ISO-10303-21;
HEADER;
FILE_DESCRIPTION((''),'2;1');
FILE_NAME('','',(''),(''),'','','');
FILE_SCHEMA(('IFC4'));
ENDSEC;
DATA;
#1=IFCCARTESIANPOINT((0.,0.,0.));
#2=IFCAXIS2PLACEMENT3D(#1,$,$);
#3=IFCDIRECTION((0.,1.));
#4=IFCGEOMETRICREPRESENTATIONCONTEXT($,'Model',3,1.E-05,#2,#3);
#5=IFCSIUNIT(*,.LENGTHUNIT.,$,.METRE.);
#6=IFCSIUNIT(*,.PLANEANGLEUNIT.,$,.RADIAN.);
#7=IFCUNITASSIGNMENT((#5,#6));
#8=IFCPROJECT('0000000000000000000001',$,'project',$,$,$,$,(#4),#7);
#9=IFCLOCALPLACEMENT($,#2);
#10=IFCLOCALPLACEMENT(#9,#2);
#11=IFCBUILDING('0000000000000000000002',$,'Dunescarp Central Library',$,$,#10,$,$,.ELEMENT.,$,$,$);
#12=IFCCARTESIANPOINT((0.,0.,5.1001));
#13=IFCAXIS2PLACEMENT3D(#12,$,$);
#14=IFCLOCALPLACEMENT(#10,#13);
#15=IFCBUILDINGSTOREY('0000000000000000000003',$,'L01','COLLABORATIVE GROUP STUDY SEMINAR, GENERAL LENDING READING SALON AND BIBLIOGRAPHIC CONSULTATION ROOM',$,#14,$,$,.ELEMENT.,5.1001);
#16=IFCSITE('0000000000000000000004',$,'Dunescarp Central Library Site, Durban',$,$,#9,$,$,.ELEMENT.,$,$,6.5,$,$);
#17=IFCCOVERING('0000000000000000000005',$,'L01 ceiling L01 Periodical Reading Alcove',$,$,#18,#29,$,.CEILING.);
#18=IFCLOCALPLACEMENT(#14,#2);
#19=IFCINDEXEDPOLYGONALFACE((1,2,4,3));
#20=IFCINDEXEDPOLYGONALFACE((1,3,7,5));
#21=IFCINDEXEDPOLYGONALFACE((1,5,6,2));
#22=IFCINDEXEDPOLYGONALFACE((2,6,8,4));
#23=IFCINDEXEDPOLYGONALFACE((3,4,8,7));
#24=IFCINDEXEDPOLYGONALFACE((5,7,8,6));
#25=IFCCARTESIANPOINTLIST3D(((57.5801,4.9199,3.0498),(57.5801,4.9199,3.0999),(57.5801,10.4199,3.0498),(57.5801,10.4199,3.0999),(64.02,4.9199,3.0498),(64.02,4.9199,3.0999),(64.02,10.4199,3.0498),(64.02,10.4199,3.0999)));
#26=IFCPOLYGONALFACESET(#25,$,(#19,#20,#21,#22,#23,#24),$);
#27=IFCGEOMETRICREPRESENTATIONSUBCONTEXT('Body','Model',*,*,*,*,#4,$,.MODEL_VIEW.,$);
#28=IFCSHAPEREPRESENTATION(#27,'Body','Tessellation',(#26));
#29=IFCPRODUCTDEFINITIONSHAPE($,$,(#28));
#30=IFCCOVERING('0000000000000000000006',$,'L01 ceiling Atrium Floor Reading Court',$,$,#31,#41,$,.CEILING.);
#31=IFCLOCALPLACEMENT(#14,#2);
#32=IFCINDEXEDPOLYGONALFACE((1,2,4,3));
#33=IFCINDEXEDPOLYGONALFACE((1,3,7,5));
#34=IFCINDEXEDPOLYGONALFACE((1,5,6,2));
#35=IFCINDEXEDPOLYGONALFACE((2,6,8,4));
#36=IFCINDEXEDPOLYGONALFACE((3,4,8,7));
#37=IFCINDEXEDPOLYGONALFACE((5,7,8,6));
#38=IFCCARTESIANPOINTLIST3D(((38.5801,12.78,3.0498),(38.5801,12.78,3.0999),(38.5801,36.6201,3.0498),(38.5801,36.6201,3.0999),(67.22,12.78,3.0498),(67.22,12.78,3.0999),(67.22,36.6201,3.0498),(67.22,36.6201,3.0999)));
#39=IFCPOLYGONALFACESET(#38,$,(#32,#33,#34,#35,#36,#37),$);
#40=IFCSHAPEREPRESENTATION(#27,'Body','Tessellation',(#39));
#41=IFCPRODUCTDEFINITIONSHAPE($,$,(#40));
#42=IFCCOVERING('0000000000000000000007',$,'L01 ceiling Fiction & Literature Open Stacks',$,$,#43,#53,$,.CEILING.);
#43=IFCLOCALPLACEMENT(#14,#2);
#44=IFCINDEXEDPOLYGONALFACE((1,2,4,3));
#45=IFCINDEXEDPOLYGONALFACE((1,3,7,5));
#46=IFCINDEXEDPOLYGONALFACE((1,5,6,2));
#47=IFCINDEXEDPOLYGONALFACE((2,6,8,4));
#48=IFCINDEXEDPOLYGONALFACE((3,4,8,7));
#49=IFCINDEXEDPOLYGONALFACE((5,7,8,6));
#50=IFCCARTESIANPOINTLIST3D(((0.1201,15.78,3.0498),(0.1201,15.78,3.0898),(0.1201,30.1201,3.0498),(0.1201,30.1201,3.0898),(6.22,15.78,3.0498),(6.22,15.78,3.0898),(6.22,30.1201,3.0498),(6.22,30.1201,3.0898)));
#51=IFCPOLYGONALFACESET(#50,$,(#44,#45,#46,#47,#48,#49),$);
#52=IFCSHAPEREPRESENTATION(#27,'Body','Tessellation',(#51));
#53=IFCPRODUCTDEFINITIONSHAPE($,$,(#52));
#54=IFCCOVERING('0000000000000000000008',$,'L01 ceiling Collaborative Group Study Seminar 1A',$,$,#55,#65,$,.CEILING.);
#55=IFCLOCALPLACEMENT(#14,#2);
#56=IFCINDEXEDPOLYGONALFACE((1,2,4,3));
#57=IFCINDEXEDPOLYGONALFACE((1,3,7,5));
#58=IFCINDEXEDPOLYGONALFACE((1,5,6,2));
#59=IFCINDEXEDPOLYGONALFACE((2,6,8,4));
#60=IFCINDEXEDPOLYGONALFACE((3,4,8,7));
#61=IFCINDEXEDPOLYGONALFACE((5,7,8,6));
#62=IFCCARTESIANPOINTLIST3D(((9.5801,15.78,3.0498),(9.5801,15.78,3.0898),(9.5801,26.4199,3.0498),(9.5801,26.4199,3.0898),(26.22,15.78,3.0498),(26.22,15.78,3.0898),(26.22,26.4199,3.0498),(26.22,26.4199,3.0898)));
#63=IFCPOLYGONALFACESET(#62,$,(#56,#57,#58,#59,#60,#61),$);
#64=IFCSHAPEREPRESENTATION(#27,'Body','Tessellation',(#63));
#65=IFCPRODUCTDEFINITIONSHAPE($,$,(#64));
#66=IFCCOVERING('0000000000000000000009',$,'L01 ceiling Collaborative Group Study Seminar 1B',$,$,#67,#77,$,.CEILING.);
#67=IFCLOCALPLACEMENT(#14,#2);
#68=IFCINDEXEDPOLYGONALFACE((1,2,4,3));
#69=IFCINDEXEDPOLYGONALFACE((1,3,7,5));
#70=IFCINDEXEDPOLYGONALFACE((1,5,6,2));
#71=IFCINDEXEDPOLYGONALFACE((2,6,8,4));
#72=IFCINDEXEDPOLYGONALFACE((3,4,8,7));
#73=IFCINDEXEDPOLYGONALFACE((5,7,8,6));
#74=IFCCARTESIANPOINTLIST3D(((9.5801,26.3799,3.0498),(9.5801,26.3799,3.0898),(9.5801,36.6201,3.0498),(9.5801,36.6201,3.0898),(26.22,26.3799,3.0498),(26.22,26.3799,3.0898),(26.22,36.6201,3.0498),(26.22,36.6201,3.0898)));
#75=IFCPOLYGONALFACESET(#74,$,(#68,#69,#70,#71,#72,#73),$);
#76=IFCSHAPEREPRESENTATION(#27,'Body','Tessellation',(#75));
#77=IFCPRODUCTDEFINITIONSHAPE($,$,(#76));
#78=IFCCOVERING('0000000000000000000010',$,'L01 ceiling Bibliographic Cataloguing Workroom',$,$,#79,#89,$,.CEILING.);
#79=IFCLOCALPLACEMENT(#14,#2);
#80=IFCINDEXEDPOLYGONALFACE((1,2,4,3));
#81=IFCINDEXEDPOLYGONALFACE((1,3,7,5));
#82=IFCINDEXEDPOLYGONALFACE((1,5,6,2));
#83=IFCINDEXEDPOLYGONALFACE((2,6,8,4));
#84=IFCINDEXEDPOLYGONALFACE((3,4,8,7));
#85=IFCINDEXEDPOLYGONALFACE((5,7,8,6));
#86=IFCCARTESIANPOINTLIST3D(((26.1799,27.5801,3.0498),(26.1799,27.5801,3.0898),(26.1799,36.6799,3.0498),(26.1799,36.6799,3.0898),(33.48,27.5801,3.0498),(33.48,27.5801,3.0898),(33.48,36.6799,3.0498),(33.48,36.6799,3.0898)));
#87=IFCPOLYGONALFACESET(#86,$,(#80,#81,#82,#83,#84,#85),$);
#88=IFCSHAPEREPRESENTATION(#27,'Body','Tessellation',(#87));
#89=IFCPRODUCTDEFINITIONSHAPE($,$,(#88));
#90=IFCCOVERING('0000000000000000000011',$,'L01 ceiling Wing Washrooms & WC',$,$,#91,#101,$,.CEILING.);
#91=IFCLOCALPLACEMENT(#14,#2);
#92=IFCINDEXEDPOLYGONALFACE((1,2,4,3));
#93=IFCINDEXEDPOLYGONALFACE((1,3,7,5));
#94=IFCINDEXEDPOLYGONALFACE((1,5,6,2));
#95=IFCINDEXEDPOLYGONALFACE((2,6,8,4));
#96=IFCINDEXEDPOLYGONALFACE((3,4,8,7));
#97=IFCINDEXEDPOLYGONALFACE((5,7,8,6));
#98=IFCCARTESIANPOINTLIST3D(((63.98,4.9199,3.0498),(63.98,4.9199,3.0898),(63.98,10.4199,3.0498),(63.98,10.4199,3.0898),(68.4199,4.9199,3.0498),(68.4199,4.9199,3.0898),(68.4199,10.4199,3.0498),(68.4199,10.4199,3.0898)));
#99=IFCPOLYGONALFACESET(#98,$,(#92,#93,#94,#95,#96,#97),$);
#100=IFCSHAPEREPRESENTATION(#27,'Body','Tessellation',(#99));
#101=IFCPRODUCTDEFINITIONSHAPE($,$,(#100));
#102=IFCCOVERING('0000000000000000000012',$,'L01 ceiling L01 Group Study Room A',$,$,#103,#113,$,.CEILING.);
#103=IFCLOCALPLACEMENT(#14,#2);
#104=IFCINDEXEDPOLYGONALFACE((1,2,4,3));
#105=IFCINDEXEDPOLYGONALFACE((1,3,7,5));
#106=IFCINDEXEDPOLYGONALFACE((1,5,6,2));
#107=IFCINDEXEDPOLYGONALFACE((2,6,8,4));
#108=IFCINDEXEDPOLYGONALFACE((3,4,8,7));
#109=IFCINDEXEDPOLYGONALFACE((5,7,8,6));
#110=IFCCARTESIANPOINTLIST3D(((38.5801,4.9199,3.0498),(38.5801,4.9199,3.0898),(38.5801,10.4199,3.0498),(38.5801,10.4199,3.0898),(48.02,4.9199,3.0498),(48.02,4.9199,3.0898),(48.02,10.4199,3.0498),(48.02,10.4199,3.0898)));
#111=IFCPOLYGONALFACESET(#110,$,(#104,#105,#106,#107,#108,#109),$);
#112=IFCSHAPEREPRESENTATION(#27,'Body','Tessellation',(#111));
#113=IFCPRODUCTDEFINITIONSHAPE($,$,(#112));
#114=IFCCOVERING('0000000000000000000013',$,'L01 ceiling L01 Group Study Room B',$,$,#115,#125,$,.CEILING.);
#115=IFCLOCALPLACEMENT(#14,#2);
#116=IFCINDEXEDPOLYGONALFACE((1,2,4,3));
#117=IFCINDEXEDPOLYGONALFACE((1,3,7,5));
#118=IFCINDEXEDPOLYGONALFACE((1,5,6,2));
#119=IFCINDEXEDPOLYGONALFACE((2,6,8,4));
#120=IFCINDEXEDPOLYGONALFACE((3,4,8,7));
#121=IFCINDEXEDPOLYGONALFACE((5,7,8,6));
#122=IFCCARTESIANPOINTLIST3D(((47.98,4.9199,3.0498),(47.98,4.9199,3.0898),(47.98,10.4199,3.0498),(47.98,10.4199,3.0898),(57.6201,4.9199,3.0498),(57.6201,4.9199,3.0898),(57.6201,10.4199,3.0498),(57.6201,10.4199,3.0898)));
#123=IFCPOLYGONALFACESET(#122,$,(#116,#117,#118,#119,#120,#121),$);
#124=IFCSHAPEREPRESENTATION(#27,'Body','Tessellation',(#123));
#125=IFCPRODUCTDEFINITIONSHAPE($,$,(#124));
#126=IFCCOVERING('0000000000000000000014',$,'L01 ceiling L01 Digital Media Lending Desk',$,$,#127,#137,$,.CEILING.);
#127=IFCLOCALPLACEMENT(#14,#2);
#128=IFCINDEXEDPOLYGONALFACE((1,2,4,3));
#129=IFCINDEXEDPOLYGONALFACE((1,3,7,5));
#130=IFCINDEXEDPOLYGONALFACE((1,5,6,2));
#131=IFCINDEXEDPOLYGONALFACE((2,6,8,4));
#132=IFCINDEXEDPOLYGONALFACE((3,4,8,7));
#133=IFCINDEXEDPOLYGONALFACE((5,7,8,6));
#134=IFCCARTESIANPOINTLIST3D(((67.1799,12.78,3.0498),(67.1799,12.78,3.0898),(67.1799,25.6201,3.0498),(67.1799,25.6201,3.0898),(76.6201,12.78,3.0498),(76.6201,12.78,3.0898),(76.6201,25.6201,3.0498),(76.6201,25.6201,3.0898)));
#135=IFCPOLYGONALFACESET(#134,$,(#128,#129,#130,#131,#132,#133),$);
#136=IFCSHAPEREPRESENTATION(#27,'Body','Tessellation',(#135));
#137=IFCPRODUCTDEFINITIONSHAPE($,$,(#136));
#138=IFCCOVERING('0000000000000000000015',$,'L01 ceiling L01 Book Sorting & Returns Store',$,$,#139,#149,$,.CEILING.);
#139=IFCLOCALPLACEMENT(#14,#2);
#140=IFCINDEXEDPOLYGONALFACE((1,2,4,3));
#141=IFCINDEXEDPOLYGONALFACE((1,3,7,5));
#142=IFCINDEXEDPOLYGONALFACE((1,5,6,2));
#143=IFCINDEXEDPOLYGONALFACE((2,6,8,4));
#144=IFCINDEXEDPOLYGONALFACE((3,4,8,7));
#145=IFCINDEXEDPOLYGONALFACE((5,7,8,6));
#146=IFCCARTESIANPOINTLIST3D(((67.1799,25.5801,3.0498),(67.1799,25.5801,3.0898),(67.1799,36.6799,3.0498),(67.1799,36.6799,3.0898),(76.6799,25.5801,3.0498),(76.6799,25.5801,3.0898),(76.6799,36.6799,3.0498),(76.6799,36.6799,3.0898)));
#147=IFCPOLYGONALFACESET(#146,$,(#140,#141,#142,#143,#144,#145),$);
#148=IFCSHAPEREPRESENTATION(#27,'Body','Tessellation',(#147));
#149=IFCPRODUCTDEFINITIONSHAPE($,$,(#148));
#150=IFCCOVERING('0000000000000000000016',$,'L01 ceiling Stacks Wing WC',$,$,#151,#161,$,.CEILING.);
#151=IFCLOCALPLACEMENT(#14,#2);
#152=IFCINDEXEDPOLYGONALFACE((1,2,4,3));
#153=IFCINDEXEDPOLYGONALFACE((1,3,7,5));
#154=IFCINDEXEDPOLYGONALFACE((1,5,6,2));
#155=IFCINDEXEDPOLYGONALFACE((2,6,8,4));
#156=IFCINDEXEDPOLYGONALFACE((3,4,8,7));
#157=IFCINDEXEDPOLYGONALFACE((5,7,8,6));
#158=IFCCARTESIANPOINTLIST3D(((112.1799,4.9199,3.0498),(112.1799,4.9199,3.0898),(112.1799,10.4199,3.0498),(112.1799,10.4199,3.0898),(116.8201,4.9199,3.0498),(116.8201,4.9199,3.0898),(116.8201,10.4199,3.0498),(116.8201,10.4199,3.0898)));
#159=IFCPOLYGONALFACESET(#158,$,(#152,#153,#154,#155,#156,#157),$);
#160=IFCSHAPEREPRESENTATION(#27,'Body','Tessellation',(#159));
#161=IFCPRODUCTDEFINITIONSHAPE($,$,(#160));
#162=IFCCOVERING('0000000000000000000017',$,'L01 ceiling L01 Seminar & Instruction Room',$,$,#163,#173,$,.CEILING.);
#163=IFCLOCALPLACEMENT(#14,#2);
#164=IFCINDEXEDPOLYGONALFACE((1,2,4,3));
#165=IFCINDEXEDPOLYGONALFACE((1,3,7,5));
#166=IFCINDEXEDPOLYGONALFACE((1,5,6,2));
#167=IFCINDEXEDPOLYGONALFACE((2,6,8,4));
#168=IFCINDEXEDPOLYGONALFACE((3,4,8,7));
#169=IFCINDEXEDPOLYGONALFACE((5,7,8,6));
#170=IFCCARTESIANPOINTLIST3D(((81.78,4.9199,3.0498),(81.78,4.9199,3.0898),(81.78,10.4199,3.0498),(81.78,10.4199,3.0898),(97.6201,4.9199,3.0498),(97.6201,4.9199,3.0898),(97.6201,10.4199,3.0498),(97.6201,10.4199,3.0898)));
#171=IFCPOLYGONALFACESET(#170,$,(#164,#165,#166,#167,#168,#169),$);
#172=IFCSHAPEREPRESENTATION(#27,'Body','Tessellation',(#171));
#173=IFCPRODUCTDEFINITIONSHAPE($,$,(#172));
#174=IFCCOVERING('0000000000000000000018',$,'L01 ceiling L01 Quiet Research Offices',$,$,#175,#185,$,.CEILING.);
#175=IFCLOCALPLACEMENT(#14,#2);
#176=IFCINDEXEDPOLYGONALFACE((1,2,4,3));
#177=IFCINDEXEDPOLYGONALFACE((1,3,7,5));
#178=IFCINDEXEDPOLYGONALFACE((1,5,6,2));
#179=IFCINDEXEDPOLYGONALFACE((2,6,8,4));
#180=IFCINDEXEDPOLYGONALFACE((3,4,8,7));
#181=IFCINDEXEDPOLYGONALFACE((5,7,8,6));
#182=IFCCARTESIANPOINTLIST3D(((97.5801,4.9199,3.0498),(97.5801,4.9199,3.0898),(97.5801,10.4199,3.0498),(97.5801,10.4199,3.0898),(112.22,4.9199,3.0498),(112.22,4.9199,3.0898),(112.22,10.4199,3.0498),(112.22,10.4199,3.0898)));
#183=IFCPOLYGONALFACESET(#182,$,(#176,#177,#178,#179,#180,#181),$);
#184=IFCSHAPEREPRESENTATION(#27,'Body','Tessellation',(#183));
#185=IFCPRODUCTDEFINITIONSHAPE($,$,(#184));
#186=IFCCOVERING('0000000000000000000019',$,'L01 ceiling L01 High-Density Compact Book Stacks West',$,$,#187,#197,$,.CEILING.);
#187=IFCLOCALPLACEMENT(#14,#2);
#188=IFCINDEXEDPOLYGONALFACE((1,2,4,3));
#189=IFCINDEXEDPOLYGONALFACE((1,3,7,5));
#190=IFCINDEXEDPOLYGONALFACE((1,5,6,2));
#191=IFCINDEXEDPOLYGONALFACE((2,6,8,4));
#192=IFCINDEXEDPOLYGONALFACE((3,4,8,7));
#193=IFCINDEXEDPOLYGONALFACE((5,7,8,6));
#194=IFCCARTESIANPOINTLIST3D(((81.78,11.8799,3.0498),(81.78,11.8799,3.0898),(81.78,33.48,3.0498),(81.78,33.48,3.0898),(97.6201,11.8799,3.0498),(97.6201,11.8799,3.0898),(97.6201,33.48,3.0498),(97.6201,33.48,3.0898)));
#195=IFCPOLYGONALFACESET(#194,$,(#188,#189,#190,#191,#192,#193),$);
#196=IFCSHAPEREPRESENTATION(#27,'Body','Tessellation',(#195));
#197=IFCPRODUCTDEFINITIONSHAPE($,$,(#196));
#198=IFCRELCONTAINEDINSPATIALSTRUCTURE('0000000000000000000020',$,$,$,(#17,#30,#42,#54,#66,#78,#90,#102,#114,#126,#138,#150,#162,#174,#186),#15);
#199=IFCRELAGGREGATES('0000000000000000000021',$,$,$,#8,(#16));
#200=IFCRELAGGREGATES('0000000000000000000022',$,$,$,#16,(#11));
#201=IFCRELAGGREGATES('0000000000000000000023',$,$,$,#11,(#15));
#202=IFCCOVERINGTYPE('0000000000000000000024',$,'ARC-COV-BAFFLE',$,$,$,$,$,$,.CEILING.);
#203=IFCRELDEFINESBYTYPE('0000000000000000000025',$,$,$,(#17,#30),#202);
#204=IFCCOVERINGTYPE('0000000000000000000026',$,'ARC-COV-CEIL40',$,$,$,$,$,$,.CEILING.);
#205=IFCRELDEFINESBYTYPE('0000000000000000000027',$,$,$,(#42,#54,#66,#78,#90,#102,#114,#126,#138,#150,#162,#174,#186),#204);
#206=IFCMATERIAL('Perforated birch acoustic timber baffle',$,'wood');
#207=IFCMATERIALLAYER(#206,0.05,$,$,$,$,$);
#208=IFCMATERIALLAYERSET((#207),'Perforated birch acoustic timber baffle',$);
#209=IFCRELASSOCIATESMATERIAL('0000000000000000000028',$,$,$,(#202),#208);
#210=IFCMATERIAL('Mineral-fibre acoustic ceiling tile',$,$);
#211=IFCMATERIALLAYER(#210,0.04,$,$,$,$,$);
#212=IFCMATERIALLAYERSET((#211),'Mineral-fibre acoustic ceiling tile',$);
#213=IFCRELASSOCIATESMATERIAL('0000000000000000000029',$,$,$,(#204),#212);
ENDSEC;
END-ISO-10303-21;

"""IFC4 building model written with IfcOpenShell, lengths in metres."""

from ifc_helpers import new_model, si_unit, direction, frame, origin, place, context, subcontext, project, spatial, polyline, outline, extrude, material, layer, layer_set, type_object, element, save


model = new_model("IFC4")

# Units and contexts
model_context = context("Model", 3, precision=1e-05, world=origin(), true_north=direction((0.0, 1.0)))
body_context = subcontext(model_context, "Body", "Model", "MODEL_VIEW")
ifc_project = project(units=[si_unit("LENGTHUNIT", "METRE"), si_unit("PLANEANGLEUNIT", "RADIAN")], contexts=[model_context])

# Site, building, storey
site_placement = place(None, origin())
site = spatial("IfcSite", under=ifc_project, at=site_placement, Name="Dunescarp Central Library Site, Durban", CompositionType="ELEMENT", RefElevation=6.5)
building_placement = place(site_placement, origin())
building = spatial("IfcBuilding", under=site, at=building_placement, Name="Dunescarp Central Library", CompositionType="ELEMENT")
storey_placement = place(building_placement, frame((0.0, 0.0, 5.1001)))
storey = spatial("IfcBuildingStorey", under=building, at=storey_placement, Name="L01", Description="COLLABORATIVE GROUP STUDY SEMINAR, GENERAL LENDING READING SALON AND BIBLIOGRAPHIC CONSULTATION ROOM", CompositionType="ELEMENT", Elevation=5.1001)

# Coverings
ifc_material_1 = material(Name="Perforated birch acoustic timber baffle", Category="wood")
ifc_layer_1 = layer(ifc_material_1, 0.05)
ifc_layer_set_1 = layer_set([ifc_layer_1], Name="Perforated birch acoustic timber baffle")
covering_type_1 = type_object("IfcCoveringType", Name="ARC-COV-BAFFLE", PredefinedType="CEILING", material=ifc_layer_set_1)
covering_1_placement = place(storey_placement, frame((0.0, 0.0, 3.0498)))
element("IfcCovering", 1, at=covering_1_placement, inside=storey, type_object=covering_type_1, Name="L01 ceiling L01 Periodical Reading Alcove", PredefinedType="CEILING", context=body_context, shape_type="SweptSolid", body=[
    extrude(outline(polyline([(57.5801, 4.9199), (64.02, 4.9199), (64.02, 10.4199), (57.5801, 10.4199), (57.5801, 4.9199)])), origin(), (0.0, 0.0, 1.0), 0.05),
])
covering_2_placement = place(storey_placement, frame((0.0, 0.0, 3.0498)))
element("IfcCovering", 2, at=covering_2_placement, inside=storey, type_object=covering_type_1, Name="L01 ceiling Atrium Floor Reading Court", PredefinedType="CEILING", context=body_context, shape_type="SweptSolid", body=[
    extrude(outline(polyline([(38.5801, 12.78), (67.22, 12.78), (67.22, 36.6201), (38.5801, 36.6201), (38.5801, 12.78)])), origin(), (0.0, 0.0, 1.0), 0.05),
])
ifc_material_2 = material(Name="Mineral-fibre acoustic ceiling tile")
ifc_layer_2 = layer(ifc_material_2, 0.04)
ifc_layer_set_2 = layer_set([ifc_layer_2], Name="Mineral-fibre acoustic ceiling tile")
covering_type_2 = type_object("IfcCoveringType", Name="ARC-COV-CEIL40", PredefinedType="CEILING", material=ifc_layer_set_2)
covering_3_placement = place(storey_placement, frame((0.0, 0.0, 3.0498)))
element("IfcCovering", 3, at=covering_3_placement, inside=storey, type_object=covering_type_2, Name="L01 ceiling Fiction & Literature Open Stacks", PredefinedType="CEILING", context=body_context, shape_type="SweptSolid", body=[
    extrude(outline(polyline([(0.1201, 15.78), (6.22, 15.78), (6.22, 30.1201), (0.1201, 30.1201), (0.1201, 15.78)])), origin(), (0.0, 0.0, 1.0), 0.04),
])
covering_4_placement = place(storey_placement, frame((0.0, 0.0, 3.0498)))
element("IfcCovering", 4, at=covering_4_placement, inside=storey, type_object=covering_type_2, Name="L01 ceiling Collaborative Group Study Seminar 1A", PredefinedType="CEILING", context=body_context, shape_type="SweptSolid", body=[
    extrude(outline(polyline([(9.5801, 15.78), (26.22, 15.78), (26.22, 26.4199), (9.5801, 26.4199), (9.5801, 15.78)])), origin(), (0.0, 0.0, 1.0), 0.04),
])
covering_5_placement = place(storey_placement, frame((0.0, 0.0, 3.0498)))
element("IfcCovering", 5, at=covering_5_placement, inside=storey, type_object=covering_type_2, Name="L01 ceiling Collaborative Group Study Seminar 1B", PredefinedType="CEILING", context=body_context, shape_type="SweptSolid", body=[
    extrude(outline(polyline([(9.5801, 26.3799), (26.22, 26.3799), (26.22, 36.6201), (9.5801, 36.6201), (9.5801, 26.3799)])), origin(), (0.0, 0.0, 1.0), 0.04),
])
covering_6_placement = place(storey_placement, frame((0.0, 0.0, 3.0498)))
element("IfcCovering", 6, at=covering_6_placement, inside=storey, type_object=covering_type_2, Name="L01 ceiling Bibliographic Cataloguing Workroom", PredefinedType="CEILING", context=body_context, shape_type="SweptSolid", body=[
    extrude(outline(polyline([(26.1799, 27.5801), (33.48, 27.5801), (33.48, 36.6799), (26.1799, 36.6799), (26.1799, 27.5801)])), origin(), (0.0, 0.0, 1.0), 0.04),
])
covering_7_placement = place(storey_placement, frame((0.0, 0.0, 3.0498)))
element("IfcCovering", 7, at=covering_7_placement, inside=storey, type_object=covering_type_2, Name="L01 ceiling Wing Washrooms & WC", PredefinedType="CEILING", context=body_context, shape_type="SweptSolid", body=[
    extrude(outline(polyline([(63.98, 4.9199), (68.4199, 4.9199), (68.4199, 10.4199), (63.98, 10.4199), (63.98, 4.9199)])), origin(), (0.0, 0.0, 1.0), 0.04),
])
covering_8_placement = place(storey_placement, frame((0.0, 0.0, 3.0498)))
element("IfcCovering", 8, at=covering_8_placement, inside=storey, type_object=covering_type_2, Name="L01 ceiling L01 Group Study Room A", PredefinedType="CEILING", context=body_context, shape_type="SweptSolid", body=[
    extrude(outline(polyline([(38.5801, 4.9199), (48.02, 4.9199), (48.02, 10.4199), (38.5801, 10.4199), (38.5801, 4.9199)])), origin(), (0.0, 0.0, 1.0), 0.04),
])
covering_9_placement = place(storey_placement, frame((0.0, 0.0, 3.0498)))
element("IfcCovering", 9, at=covering_9_placement, inside=storey, type_object=covering_type_2, Name="L01 ceiling L01 Group Study Room B", PredefinedType="CEILING", context=body_context, shape_type="SweptSolid", body=[
    extrude(outline(polyline([(47.98, 4.9199), (57.6201, 4.9199), (57.6201, 10.4199), (47.98, 10.4199), (47.98, 4.9199)])), origin(), (0.0, 0.0, 1.0), 0.04),
])
covering_10_placement = place(storey_placement, frame((0.0, 0.0, 3.0498)))
element("IfcCovering", 10, at=covering_10_placement, inside=storey, type_object=covering_type_2, Name="L01 ceiling L01 Digital Media Lending Desk", PredefinedType="CEILING", context=body_context, shape_type="SweptSolid", body=[
    extrude(outline(polyline([(67.1799, 12.78), (76.6201, 12.78), (76.6201, 25.6201), (67.1799, 25.6201), (67.1799, 12.78)])), origin(), (0.0, 0.0, 1.0), 0.04),
])
covering_11_placement = place(storey_placement, frame((0.0, 0.0, 3.0498)))
element("IfcCovering", 11, at=covering_11_placement, inside=storey, type_object=covering_type_2, Name="L01 ceiling L01 Book Sorting & Returns Store", PredefinedType="CEILING", context=body_context, shape_type="SweptSolid", body=[
    extrude(outline(polyline([(67.1799, 25.5801), (76.6799, 25.5801), (76.6799, 36.6799), (67.1799, 36.6799), (67.1799, 25.5801)])), origin(), (0.0, 0.0, 1.0), 0.04),
])
covering_12_placement = place(storey_placement, frame((0.0, 0.0, 3.0498)))
element("IfcCovering", 12, at=covering_12_placement, inside=storey, type_object=covering_type_2, Name="L01 ceiling Stacks Wing WC", PredefinedType="CEILING", context=body_context, shape_type="SweptSolid", body=[
    extrude(outline(polyline([(112.1799, 4.9199), (116.8201, 4.9199), (116.8201, 10.4199), (112.1799, 10.4199), (112.1799, 4.9199)])), origin(), (0.0, 0.0, 1.0), 0.04),
])
covering_13_placement = place(storey_placement, frame((0.0, 0.0, 3.0498)))
element("IfcCovering", 13, at=covering_13_placement, inside=storey, type_object=covering_type_2, Name="L01 ceiling L01 Seminar & Instruction Room", PredefinedType="CEILING", context=body_context, shape_type="SweptSolid", body=[
    extrude(outline(polyline([(81.78, 4.9199), (97.6201, 4.9199), (97.6201, 10.4199), (81.78, 10.4199), (81.78, 4.9199)])), origin(), (0.0, 0.0, 1.0), 0.04),
])
covering_14_placement = place(storey_placement, frame((0.0, 0.0, 3.0498)))
element("IfcCovering", 14, at=covering_14_placement, inside=storey, type_object=covering_type_2, Name="L01 ceiling L01 Quiet Research Offices", PredefinedType="CEILING", context=body_context, shape_type="SweptSolid", body=[
    extrude(outline(polyline([(97.5801, 4.9199), (112.22, 4.9199), (112.22, 10.4199), (97.5801, 10.4199), (97.5801, 4.9199)])), origin(), (0.0, 0.0, 1.0), 0.04),
])
covering_15_placement = place(storey_placement, frame((0.0, 0.0, 3.0498)))
element("IfcCovering", 15, at=covering_15_placement, inside=storey, type_object=covering_type_2, Name="L01 ceiling L01 High-Density Compact Book Stacks West", PredefinedType="CEILING", context=body_context, shape_type="SweptSolid", body=[
    extrude(outline(polyline([(81.78, 11.8799), (97.6201, 11.8799), (97.6201, 33.48), (81.78, 33.48), (81.78, 11.8799)])), origin(), (0.0, 0.0, 1.0), 0.04),
])

save(model, "model.ifc")
